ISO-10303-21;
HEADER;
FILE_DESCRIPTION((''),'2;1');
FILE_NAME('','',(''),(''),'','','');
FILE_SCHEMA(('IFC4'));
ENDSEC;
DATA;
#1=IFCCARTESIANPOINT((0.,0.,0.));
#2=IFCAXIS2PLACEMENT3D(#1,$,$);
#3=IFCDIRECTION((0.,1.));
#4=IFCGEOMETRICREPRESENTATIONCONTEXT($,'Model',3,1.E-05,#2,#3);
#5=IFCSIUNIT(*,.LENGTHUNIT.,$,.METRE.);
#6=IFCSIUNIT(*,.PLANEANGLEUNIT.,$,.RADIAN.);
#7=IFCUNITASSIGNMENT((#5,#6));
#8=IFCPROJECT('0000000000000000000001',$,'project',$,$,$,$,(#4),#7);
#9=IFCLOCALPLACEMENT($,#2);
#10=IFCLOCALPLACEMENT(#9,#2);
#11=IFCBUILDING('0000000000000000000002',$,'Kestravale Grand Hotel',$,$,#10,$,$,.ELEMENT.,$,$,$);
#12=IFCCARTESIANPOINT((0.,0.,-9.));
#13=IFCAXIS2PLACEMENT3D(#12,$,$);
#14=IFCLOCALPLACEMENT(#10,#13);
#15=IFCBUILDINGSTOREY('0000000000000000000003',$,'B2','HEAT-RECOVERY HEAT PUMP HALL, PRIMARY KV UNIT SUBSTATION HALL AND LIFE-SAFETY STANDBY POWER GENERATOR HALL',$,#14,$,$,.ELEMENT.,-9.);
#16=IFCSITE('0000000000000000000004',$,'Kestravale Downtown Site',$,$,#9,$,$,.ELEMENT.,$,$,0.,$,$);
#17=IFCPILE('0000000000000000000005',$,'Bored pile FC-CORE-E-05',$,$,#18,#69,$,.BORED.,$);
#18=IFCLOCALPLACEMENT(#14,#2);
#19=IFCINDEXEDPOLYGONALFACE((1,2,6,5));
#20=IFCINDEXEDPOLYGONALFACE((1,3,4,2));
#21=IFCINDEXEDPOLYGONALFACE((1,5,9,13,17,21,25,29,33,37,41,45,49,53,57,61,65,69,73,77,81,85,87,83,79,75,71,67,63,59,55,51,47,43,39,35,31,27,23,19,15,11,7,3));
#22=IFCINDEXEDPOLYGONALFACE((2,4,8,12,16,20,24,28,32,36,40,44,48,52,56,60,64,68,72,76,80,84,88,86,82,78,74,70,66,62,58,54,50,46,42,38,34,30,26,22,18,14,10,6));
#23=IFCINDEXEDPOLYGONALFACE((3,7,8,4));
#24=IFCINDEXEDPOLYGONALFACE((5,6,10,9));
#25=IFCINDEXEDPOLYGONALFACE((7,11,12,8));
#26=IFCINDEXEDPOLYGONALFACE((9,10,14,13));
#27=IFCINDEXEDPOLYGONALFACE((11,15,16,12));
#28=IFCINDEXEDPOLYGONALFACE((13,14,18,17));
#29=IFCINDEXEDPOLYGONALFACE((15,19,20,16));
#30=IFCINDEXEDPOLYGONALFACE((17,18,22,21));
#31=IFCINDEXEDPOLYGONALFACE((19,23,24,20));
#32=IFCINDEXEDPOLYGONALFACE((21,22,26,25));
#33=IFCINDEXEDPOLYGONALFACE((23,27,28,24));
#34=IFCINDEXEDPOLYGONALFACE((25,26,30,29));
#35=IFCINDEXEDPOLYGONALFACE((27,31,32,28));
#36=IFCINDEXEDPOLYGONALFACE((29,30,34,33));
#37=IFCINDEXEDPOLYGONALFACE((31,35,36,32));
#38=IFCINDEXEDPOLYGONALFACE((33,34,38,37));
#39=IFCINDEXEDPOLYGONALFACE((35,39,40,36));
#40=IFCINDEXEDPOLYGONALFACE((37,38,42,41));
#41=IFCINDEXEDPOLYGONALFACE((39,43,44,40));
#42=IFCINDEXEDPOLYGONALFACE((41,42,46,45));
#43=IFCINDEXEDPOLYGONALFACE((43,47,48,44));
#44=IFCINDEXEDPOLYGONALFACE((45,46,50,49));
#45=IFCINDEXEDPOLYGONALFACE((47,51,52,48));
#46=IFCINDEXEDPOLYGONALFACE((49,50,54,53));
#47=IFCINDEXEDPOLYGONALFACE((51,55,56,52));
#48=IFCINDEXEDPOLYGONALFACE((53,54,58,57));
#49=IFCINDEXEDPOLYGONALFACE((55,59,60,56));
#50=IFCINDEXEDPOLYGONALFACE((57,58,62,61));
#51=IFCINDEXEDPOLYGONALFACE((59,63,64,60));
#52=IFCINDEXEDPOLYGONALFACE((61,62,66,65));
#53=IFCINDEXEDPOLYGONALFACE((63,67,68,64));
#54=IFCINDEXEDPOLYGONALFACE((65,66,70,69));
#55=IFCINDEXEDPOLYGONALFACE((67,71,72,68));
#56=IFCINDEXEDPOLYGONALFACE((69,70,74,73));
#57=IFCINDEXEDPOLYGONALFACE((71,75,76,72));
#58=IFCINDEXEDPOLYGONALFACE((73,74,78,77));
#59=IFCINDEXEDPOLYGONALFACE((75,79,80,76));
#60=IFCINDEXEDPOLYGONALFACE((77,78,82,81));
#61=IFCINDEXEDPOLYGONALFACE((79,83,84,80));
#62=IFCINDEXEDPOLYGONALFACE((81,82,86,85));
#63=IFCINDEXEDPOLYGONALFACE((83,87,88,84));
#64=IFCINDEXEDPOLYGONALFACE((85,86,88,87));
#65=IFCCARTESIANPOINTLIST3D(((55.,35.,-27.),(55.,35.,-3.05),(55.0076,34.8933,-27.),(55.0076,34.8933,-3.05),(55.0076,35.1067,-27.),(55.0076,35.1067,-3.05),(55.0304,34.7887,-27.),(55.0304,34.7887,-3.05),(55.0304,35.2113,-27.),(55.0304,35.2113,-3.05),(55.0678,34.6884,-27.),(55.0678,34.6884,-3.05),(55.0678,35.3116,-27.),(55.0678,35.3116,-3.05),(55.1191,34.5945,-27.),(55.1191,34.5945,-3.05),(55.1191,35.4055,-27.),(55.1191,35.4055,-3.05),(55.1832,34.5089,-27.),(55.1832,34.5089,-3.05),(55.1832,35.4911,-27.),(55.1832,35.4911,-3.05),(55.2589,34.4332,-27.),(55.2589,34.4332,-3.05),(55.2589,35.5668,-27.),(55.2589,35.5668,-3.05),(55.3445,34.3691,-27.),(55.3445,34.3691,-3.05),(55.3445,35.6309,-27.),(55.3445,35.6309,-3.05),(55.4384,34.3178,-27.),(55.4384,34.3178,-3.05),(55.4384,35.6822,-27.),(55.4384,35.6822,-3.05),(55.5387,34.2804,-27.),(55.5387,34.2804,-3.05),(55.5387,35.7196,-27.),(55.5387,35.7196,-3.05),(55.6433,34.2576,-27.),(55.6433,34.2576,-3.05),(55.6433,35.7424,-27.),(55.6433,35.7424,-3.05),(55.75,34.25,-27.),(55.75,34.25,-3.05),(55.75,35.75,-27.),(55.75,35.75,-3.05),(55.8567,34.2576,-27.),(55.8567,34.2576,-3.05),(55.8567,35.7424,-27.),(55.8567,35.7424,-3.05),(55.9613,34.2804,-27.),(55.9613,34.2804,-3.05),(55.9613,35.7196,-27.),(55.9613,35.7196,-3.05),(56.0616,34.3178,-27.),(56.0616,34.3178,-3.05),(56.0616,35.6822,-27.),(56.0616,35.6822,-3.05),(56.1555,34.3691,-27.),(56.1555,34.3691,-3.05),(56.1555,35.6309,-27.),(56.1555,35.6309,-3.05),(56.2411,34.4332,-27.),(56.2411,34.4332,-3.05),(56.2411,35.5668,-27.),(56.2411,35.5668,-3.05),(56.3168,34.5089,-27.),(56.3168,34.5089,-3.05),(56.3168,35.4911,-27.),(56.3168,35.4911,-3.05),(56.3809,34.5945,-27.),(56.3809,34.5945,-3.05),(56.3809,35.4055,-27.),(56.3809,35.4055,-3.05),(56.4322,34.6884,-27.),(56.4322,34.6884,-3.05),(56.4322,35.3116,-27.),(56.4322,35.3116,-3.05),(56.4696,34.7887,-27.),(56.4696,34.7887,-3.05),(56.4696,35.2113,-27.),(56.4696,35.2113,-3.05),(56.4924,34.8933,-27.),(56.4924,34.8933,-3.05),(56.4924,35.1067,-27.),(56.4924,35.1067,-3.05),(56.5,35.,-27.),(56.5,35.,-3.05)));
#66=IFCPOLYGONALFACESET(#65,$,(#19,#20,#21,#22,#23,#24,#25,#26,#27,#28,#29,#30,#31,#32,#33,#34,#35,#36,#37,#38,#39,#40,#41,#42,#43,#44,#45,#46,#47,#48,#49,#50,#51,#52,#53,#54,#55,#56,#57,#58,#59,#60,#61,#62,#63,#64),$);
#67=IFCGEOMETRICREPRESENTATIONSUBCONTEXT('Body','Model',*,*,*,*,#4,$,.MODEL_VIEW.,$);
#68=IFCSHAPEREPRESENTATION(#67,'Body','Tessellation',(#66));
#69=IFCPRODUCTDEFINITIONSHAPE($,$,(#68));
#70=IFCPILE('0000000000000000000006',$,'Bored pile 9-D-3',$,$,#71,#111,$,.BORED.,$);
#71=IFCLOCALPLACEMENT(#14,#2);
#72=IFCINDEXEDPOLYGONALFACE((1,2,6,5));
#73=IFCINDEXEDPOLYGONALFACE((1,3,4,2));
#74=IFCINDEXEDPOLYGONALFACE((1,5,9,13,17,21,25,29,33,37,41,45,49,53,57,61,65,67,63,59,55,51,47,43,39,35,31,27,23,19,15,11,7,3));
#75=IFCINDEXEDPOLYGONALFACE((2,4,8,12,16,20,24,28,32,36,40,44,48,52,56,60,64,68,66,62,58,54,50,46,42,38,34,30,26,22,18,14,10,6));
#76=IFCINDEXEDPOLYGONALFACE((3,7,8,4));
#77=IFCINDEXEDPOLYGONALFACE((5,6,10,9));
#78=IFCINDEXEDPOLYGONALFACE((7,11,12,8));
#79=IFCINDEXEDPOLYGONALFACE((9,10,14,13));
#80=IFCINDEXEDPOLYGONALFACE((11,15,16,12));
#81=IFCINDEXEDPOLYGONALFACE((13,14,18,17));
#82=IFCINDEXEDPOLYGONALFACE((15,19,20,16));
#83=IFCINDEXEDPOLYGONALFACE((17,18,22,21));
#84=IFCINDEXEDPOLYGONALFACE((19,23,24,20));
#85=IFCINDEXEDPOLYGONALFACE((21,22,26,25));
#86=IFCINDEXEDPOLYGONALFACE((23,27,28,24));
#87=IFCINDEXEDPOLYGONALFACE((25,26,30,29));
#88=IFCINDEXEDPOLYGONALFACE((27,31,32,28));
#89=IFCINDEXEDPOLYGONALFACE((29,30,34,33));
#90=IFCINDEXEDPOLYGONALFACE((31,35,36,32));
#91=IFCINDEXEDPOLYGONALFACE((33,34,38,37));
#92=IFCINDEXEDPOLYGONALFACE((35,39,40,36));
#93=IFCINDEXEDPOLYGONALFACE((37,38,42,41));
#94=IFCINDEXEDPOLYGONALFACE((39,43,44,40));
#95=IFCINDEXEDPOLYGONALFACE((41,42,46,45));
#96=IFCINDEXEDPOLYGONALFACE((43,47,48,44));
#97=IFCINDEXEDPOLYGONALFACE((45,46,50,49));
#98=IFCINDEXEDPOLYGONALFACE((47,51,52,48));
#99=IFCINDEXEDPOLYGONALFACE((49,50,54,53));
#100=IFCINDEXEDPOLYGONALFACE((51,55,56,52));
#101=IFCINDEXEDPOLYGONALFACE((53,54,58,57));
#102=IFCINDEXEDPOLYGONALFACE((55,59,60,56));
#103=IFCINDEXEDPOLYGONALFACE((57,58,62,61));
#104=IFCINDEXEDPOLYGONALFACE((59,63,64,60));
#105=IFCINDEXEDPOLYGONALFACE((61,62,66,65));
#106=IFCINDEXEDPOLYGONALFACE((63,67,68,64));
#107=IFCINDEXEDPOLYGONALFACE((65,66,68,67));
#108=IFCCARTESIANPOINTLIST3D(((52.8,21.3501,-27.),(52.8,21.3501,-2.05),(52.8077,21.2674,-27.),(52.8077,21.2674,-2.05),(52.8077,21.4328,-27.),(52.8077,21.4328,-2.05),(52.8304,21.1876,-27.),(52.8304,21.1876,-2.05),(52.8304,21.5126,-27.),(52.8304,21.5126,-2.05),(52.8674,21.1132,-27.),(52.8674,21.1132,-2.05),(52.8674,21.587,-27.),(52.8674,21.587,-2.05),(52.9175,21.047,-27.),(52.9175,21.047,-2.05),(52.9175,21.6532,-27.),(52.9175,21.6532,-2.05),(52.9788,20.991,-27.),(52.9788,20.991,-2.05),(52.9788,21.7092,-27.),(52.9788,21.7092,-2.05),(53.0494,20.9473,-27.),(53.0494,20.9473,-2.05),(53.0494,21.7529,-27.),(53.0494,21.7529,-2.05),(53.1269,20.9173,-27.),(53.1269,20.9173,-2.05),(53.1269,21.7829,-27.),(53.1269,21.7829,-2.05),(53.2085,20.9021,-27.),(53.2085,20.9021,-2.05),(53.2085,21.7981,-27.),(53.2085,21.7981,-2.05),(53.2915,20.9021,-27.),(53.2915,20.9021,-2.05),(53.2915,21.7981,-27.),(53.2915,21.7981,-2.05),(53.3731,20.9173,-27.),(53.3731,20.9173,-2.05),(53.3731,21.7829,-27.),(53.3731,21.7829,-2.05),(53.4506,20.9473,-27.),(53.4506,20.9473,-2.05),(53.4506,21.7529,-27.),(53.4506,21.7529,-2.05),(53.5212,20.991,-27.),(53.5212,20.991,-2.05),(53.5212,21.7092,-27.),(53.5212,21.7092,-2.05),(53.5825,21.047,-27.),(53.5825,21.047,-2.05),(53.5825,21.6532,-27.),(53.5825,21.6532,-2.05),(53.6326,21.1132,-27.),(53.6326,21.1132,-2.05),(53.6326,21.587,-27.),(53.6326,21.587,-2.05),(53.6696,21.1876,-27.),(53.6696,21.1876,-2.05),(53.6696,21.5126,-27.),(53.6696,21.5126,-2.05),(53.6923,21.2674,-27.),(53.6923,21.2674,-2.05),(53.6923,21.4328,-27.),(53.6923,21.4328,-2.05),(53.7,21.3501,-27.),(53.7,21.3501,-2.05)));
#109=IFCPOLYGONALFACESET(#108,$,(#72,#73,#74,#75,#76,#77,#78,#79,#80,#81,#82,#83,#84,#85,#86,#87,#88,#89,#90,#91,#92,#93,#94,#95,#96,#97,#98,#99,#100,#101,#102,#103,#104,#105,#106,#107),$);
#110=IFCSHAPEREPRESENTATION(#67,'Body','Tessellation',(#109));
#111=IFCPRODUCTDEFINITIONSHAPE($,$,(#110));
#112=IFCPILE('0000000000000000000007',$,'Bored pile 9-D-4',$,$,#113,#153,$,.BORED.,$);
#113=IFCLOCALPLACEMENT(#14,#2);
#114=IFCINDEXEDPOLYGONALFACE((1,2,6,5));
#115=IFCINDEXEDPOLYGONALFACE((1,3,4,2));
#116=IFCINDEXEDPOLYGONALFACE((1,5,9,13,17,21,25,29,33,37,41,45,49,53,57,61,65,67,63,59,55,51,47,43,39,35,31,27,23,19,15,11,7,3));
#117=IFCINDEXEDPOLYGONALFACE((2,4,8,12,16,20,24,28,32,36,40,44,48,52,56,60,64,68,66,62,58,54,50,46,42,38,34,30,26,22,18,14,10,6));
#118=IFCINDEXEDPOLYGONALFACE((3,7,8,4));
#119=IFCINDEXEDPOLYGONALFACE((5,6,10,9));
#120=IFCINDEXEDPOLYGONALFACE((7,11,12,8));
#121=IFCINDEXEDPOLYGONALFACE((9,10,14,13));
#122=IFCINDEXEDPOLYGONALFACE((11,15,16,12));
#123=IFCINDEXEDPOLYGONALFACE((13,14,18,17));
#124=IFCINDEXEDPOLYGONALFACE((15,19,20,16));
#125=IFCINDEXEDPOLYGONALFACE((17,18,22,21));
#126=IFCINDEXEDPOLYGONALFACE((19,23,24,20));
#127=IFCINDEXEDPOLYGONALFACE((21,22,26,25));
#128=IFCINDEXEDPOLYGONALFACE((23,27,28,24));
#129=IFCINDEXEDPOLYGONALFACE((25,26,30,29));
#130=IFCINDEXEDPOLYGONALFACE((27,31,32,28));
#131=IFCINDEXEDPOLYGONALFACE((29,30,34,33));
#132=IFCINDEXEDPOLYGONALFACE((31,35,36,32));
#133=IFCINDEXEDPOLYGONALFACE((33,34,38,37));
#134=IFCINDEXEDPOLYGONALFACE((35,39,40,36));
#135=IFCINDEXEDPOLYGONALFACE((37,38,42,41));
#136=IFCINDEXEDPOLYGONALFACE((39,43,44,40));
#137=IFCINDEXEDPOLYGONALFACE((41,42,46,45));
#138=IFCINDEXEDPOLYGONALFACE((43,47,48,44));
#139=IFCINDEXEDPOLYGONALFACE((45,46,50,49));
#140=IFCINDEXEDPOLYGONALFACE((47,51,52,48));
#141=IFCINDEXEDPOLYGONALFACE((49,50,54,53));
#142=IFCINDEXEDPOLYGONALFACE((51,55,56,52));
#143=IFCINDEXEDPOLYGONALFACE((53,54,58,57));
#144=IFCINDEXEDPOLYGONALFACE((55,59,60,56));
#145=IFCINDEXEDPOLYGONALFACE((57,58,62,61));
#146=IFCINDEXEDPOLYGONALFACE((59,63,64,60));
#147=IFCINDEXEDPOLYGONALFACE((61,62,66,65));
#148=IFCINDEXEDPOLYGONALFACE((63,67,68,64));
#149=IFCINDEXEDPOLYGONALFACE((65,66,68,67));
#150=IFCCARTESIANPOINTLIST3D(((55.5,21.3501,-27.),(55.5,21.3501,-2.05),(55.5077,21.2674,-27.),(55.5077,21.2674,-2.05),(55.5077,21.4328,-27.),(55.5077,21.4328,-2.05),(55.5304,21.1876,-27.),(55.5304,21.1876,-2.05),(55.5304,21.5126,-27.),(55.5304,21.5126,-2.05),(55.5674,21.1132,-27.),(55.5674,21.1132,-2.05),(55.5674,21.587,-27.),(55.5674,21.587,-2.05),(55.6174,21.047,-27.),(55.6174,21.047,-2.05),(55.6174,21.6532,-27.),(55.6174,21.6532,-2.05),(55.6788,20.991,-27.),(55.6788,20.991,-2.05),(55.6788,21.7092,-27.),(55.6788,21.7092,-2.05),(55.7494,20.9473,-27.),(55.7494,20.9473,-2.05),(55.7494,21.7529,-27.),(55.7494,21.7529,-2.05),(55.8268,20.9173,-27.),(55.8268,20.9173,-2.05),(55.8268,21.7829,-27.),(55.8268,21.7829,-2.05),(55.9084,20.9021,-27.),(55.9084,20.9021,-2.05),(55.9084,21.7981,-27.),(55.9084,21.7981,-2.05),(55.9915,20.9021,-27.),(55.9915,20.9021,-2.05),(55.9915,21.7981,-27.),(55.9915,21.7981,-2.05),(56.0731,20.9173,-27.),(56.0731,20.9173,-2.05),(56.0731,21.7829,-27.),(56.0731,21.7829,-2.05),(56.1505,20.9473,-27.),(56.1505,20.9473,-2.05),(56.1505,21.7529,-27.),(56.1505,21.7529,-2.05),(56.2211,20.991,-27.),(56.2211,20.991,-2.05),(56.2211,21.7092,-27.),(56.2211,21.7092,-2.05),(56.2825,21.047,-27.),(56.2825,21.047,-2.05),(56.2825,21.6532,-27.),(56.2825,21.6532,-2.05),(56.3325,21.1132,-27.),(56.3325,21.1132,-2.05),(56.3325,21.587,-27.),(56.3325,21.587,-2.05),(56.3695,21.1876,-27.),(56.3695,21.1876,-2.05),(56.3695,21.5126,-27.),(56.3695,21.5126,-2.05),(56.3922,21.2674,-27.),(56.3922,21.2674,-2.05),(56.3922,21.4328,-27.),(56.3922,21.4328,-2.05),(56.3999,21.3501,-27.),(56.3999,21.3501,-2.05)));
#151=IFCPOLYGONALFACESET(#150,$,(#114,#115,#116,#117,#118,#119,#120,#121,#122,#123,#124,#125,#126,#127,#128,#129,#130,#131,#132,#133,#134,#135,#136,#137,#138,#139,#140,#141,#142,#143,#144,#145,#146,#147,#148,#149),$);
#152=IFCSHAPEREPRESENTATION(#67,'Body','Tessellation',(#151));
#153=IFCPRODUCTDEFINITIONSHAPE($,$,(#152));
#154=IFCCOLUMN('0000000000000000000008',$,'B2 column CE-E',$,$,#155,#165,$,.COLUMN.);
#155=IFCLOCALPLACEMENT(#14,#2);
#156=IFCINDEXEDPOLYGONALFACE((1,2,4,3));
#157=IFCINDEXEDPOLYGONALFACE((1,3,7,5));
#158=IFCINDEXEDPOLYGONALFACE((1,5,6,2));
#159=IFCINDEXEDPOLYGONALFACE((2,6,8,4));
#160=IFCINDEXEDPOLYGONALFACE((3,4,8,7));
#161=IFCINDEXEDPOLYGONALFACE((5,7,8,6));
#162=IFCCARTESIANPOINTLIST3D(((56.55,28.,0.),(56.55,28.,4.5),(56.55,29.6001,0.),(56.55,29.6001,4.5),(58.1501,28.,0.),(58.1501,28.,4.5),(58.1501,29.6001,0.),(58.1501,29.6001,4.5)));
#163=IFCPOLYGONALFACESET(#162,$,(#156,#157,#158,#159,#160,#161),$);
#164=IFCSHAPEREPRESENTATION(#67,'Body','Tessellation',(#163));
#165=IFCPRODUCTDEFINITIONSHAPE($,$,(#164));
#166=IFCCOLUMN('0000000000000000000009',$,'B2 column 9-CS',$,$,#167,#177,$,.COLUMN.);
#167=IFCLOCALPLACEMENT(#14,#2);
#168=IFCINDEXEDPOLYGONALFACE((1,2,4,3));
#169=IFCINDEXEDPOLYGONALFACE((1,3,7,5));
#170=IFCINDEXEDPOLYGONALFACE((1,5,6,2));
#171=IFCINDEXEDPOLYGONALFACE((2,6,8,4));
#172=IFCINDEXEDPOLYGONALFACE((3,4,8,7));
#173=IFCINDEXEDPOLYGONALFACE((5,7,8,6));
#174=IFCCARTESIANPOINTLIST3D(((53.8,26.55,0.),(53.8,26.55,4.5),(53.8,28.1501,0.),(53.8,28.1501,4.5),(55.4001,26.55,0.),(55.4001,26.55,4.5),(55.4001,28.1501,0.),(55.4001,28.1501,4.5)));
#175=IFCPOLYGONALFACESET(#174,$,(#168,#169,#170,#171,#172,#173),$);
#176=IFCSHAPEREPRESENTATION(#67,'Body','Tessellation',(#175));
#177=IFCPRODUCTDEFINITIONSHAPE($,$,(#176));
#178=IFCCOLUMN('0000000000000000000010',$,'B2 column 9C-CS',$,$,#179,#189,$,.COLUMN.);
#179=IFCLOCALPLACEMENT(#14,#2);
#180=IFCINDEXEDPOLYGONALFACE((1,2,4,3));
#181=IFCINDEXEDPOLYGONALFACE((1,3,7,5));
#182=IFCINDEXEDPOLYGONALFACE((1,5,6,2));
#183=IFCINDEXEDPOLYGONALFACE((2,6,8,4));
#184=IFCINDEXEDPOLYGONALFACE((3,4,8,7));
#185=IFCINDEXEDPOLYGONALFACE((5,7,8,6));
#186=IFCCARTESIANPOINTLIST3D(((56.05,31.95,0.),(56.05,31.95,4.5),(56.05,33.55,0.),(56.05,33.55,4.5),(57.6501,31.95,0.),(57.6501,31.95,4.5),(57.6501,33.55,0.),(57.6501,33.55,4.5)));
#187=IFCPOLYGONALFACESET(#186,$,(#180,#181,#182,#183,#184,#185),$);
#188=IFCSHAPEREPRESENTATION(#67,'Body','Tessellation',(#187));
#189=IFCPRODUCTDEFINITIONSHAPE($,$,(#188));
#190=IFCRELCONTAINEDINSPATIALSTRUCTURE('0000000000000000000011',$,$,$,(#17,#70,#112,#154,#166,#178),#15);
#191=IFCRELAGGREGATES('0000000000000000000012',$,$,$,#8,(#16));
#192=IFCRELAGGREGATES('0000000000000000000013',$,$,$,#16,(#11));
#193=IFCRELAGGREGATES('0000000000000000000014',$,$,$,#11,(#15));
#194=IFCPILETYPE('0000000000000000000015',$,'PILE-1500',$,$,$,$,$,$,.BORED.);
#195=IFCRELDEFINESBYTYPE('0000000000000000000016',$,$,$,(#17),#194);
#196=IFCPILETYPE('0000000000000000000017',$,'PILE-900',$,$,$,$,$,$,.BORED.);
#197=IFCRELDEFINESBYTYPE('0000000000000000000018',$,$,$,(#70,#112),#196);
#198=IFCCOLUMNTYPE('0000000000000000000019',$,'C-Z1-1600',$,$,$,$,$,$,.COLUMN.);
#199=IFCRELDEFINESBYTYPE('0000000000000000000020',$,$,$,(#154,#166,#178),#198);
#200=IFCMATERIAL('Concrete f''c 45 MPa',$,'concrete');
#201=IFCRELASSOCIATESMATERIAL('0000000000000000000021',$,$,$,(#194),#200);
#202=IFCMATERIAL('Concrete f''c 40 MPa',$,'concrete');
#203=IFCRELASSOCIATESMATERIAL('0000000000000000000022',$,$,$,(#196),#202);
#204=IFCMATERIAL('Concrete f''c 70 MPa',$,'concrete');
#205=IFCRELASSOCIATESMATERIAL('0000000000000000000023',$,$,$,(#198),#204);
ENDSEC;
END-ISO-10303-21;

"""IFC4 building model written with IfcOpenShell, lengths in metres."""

from ifc_helpers import new_model, si_unit, direction, frame, origin, origin_2d, place, context, subcontext, project, spatial, rectangle, circle, extrude, material, material_profile, profile_set, type_object, element, save


model = new_model("IFC4")

# Units and contexts
model_context = context("Model", 3, precision=1e-05, world=origin(), true_north=direction((0.0, 1.0)))
body_context = subcontext(model_context, "Body", "Model", "MODEL_VIEW")
ifc_project = project(units=[si_unit("LENGTHUNIT", "METRE"), si_unit("PLANEANGLEUNIT", "RADIAN")], contexts=[model_context])

# Site, building, storey
site_placement = place(None, origin())
site = spatial("IfcSite", under=ifc_project, at=site_placement, Name="Kestravale Downtown Site", CompositionType="ELEMENT", RefElevation=0.0)
building_placement = place(site_placement, origin())
building = spatial("IfcBuilding", under=site, at=building_placement, Name="Kestravale Grand Hotel", CompositionType="ELEMENT")
storey_placement = place(building_placement, frame((0.0, 0.0, -9.0)))
storey = spatial("IfcBuildingStorey", under=building, at=storey_placement, Name="B2", Description="HEAT-RECOVERY HEAT PUMP HALL, PRIMARY KV UNIT SUBSTATION HALL AND LIFE-SAFETY STANDBY POWER GENERATOR HALL", CompositionType="ELEMENT", Elevation=-9.0)

# Piles
ifc_material_1 = material(Name="Concrete f'c 45 MPa", Category="concrete")
ifc_material_profile_1 = material_profile(ifc_material_1, circle(Radius=0.75, at=origin_2d()))
ifc_profile_set_1 = profile_set([ifc_material_profile_1], Name="Concrete f'c 45 MPa")
pile_type_1 = type_object("IfcPileType", Name="PILE-1500", PredefinedType="BORED", material=ifc_profile_set_1)
for number, where, z_axis, x_axis, name in (
    (1, (55.75, 35.0, -3.05), (0.0, 0.0, -1.0), (1.0, 0.0, 0.0), "Bored pile FC-CORE-E-05"),
):
    element("IfcPile", number, at=place(storey_placement, frame(where, z_axis=z_axis, x_axis=x_axis)), inside=storey, type_object=pile_type_1, Name=name, PredefinedType="BORED", context=body_context, shape_type="SweptSolid", body=[
        extrude(circle(Radius=0.75, at=origin_2d()), origin(), (0.0, 0.0, 1.0), 23.95),
    ])
ifc_material_2 = material(Name="Concrete f'c 40 MPa", Category="concrete")
ifc_material_profile_2 = material_profile(ifc_material_2, circle(Radius=0.45, at=origin_2d()))
ifc_profile_set_2 = profile_set([ifc_material_profile_2], Name="Concrete f'c 40 MPa")
pile_type_2 = type_object("IfcPileType", Name="PILE-900", PredefinedType="BORED", material=ifc_profile_set_2)
for number, where, z_axis, x_axis, name in (
    (2, (53.25, 21.3501, -2.05), (0.0, 0.0, -1.0), (1.0, 0.0, 0.0), "Bored pile 9-D-3"),
    (3, (55.95, 21.3501, -2.05), (0.0, 0.0, -1.0), (1.0, 0.0, 0.0), "Bored pile 9-D-4"),
):
    element("IfcPile", number, at=place(storey_placement, frame(where, z_axis=z_axis, x_axis=x_axis)), inside=storey, type_object=pile_type_2, Name=name, PredefinedType="BORED", context=body_context, shape_type="SweptSolid", body=[
        extrude(circle(Radius=0.45, at=origin_2d()), origin(), (0.0, 0.0, 1.0), 24.95),
    ])

# Columns
ifc_material_3 = material(Name="Concrete f'c 70 MPa", Category="concrete")
ifc_material_profile_3 = material_profile(ifc_material_3, rectangle(XDim=1.6001, YDim=1.6001, at=origin_2d()))
ifc_profile_set_3 = profile_set([ifc_material_profile_3], Name="Concrete f'c 70 MPa")
column_type = type_object("IfcColumnType", Name="C-Z1-1600", PredefinedType="COLUMN", material=ifc_profile_set_3)
for number, where, z_axis, x_axis, name in (
    (4, (57.3501, 28.8, 0.0), (0.0, 0.0, 1.0), (1.0, 0.0, 0.0), "B2 column CE-E"),
    (5, (54.6001, 27.3501, 0.0), (0.0, 0.0, 1.0), (1.0, 0.0, 0.0), "B2 column 9-CS"),
    (6, (56.8501, 32.75, 0.0), (0.0, 0.0, 1.0), (1.0, 0.0, 0.0), "B2 column 9C-CS"),
):
    element("IfcColumn", number, at=place(storey_placement, frame(where, z_axis=z_axis, x_axis=x_axis)), inside=storey, type_object=column_type, Name=name, PredefinedType="COLUMN", context=body_context, shape_type="SweptSolid", body=[
        extrude(rectangle(XDim=1.6001, YDim=1.6001, at=origin_2d()), origin(), (0.0, 0.0, 1.0), 4.5),
    ])

save(model, "model.ifc")
